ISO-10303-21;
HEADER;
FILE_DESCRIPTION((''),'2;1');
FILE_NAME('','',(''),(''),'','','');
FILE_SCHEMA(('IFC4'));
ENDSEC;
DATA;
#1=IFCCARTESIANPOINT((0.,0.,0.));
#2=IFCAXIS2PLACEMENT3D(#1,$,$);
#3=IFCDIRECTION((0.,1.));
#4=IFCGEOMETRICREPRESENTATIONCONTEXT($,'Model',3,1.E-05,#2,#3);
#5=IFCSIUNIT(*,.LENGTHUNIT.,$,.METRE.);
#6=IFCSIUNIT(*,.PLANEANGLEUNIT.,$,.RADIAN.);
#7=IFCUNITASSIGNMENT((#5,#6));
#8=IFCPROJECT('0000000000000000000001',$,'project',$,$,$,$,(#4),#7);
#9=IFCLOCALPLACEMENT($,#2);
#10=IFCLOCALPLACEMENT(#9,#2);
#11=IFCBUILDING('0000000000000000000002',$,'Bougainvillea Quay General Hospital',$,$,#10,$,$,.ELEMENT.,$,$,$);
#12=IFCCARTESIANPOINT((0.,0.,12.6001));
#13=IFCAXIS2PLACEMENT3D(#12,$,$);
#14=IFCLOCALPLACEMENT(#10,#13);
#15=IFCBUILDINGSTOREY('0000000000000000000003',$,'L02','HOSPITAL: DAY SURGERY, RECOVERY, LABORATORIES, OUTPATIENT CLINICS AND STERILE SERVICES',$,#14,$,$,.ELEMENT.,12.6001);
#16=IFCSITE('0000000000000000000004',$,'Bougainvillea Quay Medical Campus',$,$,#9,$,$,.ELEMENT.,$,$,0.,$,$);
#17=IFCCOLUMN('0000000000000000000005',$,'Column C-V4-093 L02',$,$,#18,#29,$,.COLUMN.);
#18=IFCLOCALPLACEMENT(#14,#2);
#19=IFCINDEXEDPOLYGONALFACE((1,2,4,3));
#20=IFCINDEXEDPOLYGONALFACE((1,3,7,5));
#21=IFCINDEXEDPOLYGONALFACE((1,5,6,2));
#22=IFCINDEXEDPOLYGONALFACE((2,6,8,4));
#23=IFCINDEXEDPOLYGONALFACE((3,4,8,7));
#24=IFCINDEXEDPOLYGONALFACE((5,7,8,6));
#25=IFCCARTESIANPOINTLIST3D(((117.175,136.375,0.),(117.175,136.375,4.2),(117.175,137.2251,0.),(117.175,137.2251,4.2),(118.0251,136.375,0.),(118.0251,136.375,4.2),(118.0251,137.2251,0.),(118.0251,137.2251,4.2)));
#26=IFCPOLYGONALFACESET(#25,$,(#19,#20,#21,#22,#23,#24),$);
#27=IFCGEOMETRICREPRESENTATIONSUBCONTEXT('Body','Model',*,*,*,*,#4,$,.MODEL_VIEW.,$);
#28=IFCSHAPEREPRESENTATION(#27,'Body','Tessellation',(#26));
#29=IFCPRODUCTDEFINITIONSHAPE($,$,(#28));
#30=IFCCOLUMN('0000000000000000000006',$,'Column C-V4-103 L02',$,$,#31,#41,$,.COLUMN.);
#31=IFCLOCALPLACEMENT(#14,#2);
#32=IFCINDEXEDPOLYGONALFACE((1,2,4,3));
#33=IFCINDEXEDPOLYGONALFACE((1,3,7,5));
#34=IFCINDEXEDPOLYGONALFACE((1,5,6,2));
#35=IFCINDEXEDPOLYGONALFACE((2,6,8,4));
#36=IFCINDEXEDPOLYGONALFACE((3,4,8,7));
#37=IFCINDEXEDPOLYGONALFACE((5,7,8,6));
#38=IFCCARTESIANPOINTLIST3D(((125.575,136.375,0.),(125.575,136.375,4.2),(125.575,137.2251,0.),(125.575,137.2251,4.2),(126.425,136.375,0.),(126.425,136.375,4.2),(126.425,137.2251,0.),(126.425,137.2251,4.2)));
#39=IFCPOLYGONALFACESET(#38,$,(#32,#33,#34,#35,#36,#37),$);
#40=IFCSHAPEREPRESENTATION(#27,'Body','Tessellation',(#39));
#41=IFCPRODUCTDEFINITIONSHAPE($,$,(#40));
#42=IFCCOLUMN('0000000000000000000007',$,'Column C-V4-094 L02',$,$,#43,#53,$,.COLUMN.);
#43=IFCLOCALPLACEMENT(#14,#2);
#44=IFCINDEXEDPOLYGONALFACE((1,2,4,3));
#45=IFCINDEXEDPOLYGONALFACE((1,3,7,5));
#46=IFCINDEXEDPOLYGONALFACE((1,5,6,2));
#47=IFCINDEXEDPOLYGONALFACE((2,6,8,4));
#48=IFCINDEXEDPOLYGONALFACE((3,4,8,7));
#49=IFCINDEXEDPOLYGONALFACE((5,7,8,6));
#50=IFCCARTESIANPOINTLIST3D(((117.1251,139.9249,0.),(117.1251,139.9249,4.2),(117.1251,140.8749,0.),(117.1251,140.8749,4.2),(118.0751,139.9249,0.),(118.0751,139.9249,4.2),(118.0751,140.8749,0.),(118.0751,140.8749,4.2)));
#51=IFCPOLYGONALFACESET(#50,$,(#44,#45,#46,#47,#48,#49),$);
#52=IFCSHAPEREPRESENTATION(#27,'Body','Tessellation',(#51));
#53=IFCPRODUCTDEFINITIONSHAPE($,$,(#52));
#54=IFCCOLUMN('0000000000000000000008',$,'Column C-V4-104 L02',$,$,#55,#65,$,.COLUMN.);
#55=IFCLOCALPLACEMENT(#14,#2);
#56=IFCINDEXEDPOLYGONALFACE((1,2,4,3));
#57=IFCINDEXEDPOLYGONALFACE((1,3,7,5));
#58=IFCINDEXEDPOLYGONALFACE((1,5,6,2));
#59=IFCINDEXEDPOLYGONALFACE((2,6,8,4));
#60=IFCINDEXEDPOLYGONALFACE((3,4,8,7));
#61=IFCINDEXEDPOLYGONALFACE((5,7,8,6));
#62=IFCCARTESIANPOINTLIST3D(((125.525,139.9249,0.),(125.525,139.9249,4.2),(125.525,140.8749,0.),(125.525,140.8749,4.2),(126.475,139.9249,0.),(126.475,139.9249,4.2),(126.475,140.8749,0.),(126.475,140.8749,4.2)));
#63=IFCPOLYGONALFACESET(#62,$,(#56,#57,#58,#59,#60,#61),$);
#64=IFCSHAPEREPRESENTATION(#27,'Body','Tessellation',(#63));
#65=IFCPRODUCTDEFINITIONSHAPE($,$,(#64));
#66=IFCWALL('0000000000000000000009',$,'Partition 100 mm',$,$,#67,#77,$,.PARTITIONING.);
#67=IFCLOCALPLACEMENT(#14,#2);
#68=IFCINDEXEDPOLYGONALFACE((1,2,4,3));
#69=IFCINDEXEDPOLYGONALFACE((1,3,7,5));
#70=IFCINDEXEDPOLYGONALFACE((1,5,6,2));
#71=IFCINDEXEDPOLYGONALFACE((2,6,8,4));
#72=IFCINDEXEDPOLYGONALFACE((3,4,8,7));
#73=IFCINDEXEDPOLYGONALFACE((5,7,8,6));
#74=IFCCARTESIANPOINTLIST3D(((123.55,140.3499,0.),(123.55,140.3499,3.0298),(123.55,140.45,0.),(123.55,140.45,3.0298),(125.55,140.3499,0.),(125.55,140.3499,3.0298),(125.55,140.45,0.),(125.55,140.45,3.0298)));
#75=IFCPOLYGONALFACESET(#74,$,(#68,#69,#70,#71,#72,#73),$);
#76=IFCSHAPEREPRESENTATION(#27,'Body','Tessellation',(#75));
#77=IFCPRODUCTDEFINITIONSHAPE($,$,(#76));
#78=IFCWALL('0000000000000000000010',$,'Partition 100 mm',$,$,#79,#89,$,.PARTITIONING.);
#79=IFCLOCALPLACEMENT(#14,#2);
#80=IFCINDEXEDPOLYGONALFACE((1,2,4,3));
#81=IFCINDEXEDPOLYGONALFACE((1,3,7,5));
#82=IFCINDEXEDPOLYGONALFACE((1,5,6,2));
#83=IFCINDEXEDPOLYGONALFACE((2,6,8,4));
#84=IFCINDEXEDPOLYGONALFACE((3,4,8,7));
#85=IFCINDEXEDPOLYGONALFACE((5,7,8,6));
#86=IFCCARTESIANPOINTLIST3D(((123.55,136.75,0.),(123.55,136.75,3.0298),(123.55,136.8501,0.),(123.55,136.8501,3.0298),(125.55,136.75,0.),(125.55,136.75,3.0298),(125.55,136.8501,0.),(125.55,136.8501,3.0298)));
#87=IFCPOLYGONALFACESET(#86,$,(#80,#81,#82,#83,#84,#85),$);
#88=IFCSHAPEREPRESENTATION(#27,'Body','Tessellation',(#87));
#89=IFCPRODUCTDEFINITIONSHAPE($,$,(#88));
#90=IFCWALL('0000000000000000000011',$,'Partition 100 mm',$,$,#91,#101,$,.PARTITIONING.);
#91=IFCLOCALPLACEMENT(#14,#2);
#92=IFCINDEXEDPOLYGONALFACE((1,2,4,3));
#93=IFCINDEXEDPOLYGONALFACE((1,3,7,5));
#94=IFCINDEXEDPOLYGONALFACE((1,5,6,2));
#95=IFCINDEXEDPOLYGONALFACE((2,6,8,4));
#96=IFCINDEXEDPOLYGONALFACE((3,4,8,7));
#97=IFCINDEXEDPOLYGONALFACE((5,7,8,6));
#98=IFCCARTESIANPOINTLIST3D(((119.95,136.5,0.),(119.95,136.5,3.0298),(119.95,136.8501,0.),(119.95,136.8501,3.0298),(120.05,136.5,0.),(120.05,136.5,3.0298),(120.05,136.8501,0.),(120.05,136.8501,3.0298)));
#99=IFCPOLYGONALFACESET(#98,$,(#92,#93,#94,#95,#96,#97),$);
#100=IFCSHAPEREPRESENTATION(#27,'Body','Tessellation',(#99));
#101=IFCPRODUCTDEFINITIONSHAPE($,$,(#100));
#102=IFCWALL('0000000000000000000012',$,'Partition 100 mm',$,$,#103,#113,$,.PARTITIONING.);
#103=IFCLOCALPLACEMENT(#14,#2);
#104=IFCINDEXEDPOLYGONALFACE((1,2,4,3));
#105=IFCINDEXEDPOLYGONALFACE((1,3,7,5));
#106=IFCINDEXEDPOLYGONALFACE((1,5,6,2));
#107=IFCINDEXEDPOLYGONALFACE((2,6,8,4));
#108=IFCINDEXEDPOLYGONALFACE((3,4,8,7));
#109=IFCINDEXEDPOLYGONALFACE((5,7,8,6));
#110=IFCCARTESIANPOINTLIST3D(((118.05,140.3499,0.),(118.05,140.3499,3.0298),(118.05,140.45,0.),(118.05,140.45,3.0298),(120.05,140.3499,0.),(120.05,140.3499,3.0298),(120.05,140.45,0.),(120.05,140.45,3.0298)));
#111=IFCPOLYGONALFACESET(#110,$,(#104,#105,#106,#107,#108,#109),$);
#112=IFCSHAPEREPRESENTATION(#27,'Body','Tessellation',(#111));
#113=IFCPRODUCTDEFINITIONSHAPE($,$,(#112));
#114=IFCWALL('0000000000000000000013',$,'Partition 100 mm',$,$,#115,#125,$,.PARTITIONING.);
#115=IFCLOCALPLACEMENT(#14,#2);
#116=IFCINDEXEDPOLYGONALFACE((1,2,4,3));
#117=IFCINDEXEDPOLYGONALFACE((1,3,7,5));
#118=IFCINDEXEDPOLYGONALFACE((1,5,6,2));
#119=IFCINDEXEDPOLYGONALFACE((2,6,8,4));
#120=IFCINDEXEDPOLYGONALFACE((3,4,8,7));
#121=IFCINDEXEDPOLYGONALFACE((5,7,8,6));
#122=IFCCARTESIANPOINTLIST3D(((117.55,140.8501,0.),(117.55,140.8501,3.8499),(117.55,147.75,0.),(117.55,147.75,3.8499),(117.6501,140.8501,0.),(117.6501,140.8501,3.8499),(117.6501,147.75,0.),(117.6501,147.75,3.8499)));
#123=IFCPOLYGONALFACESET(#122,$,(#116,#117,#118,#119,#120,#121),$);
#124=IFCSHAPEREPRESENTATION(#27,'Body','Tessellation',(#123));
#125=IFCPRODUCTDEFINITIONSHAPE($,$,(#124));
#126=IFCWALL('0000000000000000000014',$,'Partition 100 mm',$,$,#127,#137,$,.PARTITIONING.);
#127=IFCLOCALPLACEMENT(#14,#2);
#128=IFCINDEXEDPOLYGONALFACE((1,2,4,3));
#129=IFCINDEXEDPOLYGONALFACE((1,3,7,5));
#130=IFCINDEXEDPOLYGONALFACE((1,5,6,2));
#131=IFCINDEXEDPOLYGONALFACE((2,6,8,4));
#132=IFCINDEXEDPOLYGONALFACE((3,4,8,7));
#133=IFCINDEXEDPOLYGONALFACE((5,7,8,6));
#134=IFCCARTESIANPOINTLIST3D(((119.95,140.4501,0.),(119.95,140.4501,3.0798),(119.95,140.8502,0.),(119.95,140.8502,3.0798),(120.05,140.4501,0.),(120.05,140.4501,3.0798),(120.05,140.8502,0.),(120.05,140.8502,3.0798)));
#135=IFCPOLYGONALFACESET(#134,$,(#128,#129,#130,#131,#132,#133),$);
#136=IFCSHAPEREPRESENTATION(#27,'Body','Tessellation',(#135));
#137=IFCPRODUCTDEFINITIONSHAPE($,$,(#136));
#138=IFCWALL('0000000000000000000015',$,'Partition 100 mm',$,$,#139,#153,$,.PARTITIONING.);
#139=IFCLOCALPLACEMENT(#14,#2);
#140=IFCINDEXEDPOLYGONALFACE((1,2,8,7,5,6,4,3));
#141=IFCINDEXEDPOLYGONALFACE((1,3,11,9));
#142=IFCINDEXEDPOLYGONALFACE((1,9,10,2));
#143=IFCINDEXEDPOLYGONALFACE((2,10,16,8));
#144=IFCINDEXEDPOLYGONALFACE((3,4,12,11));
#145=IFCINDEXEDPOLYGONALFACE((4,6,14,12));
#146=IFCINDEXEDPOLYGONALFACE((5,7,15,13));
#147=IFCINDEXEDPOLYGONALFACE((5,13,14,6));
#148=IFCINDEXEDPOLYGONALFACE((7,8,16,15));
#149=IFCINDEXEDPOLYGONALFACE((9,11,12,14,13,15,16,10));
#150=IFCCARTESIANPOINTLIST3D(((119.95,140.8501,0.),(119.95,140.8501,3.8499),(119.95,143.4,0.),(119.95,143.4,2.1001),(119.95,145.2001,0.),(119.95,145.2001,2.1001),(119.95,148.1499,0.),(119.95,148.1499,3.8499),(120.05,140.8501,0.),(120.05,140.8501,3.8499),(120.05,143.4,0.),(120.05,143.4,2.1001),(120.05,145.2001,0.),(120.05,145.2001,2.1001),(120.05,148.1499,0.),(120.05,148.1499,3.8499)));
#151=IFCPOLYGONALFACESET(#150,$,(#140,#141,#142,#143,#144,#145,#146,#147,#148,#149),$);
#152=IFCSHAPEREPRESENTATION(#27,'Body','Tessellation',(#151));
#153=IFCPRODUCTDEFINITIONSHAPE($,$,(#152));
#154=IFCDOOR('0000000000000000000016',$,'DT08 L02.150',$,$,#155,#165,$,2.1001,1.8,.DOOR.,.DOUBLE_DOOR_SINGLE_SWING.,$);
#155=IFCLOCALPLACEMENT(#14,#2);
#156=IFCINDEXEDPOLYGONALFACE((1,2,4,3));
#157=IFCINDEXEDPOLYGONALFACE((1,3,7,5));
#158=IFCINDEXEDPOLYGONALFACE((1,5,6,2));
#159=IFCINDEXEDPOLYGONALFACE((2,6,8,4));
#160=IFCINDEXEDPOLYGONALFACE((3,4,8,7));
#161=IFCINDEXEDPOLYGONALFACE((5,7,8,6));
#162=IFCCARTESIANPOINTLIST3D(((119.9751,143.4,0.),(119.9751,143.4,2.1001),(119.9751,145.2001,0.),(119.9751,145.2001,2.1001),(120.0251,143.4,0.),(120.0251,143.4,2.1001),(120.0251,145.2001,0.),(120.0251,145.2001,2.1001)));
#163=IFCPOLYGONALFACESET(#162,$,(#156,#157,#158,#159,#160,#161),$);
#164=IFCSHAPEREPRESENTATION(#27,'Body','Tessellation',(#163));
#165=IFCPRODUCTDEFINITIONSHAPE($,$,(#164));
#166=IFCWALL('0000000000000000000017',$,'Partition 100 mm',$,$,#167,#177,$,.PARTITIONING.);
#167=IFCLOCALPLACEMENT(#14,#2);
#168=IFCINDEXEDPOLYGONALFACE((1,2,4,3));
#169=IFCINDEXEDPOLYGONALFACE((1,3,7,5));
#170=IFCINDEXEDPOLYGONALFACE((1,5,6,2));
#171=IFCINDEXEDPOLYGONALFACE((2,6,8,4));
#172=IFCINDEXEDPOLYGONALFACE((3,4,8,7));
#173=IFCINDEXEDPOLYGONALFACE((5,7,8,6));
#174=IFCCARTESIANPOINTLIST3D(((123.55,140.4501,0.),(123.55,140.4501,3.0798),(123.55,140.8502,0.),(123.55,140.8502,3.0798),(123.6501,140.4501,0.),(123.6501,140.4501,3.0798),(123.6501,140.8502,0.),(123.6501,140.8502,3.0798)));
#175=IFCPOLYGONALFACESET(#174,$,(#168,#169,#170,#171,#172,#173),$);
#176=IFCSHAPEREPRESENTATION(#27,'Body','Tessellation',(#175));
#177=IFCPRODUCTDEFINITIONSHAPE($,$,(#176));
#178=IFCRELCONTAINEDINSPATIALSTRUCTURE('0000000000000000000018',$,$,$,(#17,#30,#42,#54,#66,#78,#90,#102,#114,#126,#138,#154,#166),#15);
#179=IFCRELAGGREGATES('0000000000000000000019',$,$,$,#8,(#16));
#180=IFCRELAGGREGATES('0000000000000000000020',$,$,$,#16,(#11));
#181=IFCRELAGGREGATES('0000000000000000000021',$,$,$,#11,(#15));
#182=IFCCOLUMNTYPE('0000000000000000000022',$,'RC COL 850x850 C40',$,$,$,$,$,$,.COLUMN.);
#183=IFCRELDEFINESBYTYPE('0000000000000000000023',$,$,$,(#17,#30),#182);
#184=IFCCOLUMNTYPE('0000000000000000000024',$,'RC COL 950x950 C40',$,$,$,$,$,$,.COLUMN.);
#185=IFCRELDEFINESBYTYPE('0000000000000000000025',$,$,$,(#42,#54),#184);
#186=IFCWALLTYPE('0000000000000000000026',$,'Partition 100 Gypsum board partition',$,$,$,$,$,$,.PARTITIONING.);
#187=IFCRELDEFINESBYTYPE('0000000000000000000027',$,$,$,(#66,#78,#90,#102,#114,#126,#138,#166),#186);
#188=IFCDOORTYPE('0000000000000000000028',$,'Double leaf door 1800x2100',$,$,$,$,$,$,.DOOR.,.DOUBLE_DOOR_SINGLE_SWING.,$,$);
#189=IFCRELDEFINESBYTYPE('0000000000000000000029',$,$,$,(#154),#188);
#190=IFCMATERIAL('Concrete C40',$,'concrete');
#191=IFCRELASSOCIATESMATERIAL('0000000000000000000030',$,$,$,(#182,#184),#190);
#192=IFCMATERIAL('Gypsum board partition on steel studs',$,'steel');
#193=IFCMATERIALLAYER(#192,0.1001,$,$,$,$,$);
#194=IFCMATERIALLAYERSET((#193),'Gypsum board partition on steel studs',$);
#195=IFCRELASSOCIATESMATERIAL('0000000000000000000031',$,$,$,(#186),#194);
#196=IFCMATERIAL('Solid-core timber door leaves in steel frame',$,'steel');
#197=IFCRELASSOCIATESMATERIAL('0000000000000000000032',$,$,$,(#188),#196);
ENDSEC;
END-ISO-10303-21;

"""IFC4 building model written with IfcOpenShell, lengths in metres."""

from ifc_helpers import new_model, si_unit, direction, frame, frame_2d, origin, origin_2d, place, context, subcontext, project, spatial, rectangle, extrude, material, layer, layer_set, material_profile, profile_set, type_object, element, fill, save


model = new_model("IFC4")

# Units and contexts
model_context = context("Model", 3, precision=1e-05, world=origin(), true_north=direction((0.0, 1.0)))
body_context = subcontext(model_context, "Body", "Model", "MODEL_VIEW")
ifc_project = project(units=[si_unit("LENGTHUNIT", "METRE"), si_unit("PLANEANGLEUNIT", "RADIAN")], contexts=[model_context])

# Site, building, storey
site_placement = place(None, origin())
site = spatial("IfcSite", under=ifc_project, at=site_placement, Name="Bougainvillea Quay Medical Campus", CompositionType="ELEMENT", RefElevation=0.0)
building_placement = place(site_placement, origin())
building = spatial("IfcBuilding", under=site, at=building_placement, Name="Bougainvillea Quay General Hospital", CompositionType="ELEMENT")
storey_placement = place(building_placement, frame((0.0, 0.0, 12.6001)))
storey = spatial("IfcBuildingStorey", under=building, at=storey_placement, Name="L02", Description="HOSPITAL: DAY SURGERY, RECOVERY, LABORATORIES, OUTPATIENT CLINICS AND STERILE SERVICES", CompositionType="ELEMENT", Elevation=12.6001)

# Columns
ifc_material_1 = material(Name="Concrete C40", Category="concrete")
ifc_material_profile_1 = material_profile(ifc_material_1, rectangle(XDim=0.8501, YDim=0.8501, at=origin_2d()))
ifc_profile_set_1 = profile_set([ifc_material_profile_1], Name="Concrete C40")
column_type_1 = type_object("IfcColumnType", Name="RC COL 850x850 C40", PredefinedType="COLUMN", material=ifc_profile_set_1)
for number, where, z_axis, x_axis, name in (
    (1, (117.6001, 136.8, 0.0), (0.0, 0.0, 1.0), (1.0, 0.0, 0.0), "Column C-V4-093 L02"),
    (2, (126.0, 136.8, 0.0), (0.0, 0.0, 1.0), (1.0, 0.0, 0.0), "Column C-V4-103 L02"),
):
    element("IfcColumn", number, at=place(storey_placement, frame(where, z_axis=z_axis, x_axis=x_axis)), inside=storey, type_object=column_type_1, Name=name, PredefinedType="COLUMN", context=body_context, shape_type="SweptSolid", body=[
        extrude(rectangle(XDim=0.8501, YDim=0.8501, at=origin_2d()), origin(), (0.0, 0.0, 1.0), 4.2),
    ])
ifc_material_profile_2 = material_profile(ifc_material_1, rectangle(XDim=0.95, YDim=0.95, at=origin_2d()))
ifc_profile_set_2 = profile_set([ifc_material_profile_2], Name="Concrete C40")
column_type_2 = type_object("IfcColumnType", Name="RC COL 950x950 C40", PredefinedType="COLUMN", material=ifc_profile_set_2)
for number, where, z_axis, x_axis, name in (
    (3, (117.6001, 140.3999, 0.0), (0.0, 0.0, 1.0), (1.0, 0.0, 0.0), "Column C-V4-094 L02"),
    (4, (126.0, 140.3999, 0.0), (0.0, 0.0, 1.0), (1.0, 0.0, 0.0), "Column C-V4-104 L02"),
):
    element("IfcColumn", number, at=place(storey_placement, frame(where, z_axis=z_axis, x_axis=x_axis)), inside=storey, type_object=column_type_2, Name=name, PredefinedType="COLUMN", context=body_context, shape_type="SweptSolid", body=[
        extrude(rectangle(XDim=0.95, YDim=0.95, at=origin_2d()), origin(), (0.0, 0.0, 1.0), 4.2),
    ])

# Walls
ifc_material_2 = material(Name="Gypsum board partition on steel studs", Category="steel")
ifc_layer = layer(ifc_material_2, 0.1001)
ifc_layer_set = layer_set([ifc_layer], Name="Gypsum board partition on steel studs")
wall_type = type_object("IfcWallType", Name="Partition 100 Gypsum board partition", PredefinedType="PARTITIONING", material=ifc_layer_set)
for number, where, z_axis, x_axis, name in (
    (5, (125.55, 140.3999, 0.0), (0.0, 0.0, 1.0), (-1.0, 0.0, 0.0), "Partition 100 mm"),
    (6, (125.55, 136.8, 0.0), (0.0, 0.0, 1.0), (-1.0, 0.0, 0.0), "Partition 100 mm"),
):
    element("IfcWall", number, at=place(storey_placement, frame(where, z_axis=z_axis, x_axis=x_axis)), inside=storey, type_object=wall_type, Name=name, PredefinedType="PARTITIONING", context=body_context, shape_type="SweptSolid", body=[
        extrude(rectangle(XDim=2.0, YDim=0.1001, at=frame_2d((1.0, 0.0))), origin(), (0.0, 0.0, 1.0), 3.0298),
    ])
wall_1_placement = place(storey_placement, frame((120.0, 136.5, 0.0), z_axis=(0.0, 0.0, 1.0), x_axis=(0.0, 1.0, 0.0)))
element("IfcWall", 7, at=wall_1_placement, inside=storey, type_object=wall_type, Name="Partition 100 mm", PredefinedType="PARTITIONING", context=body_context, shape_type="SweptSolid", body=[
    extrude(rectangle(XDim=0.3501, YDim=0.1001, at=frame_2d((0.175, 0.0))), origin(), (0.0, 0.0, 1.0), 3.0298),
])
wall_2_placement = place(storey_placement, frame((118.05, 140.3999, 0.0), z_axis=(0.0, 0.0, 1.0), x_axis=(1.0, 0.0, 0.0)))
element("IfcWall", 8, at=wall_2_placement, inside=storey, type_object=wall_type, Name="Partition 100 mm", PredefinedType="PARTITIONING", context=body_context, shape_type="SweptSolid", body=[
    extrude(rectangle(XDim=2.0, YDim=0.1001, at=frame_2d((1.0, 0.0))), origin(), (0.0, 0.0, 1.0), 3.0298),
])
wall_3_placement = place(storey_placement, frame((117.6001, 140.8501, 0.0), z_axis=(0.0, 0.0, 1.0), x_axis=(0.0, 1.0, 0.0)))
element("IfcWall", 9, at=wall_3_placement, inside=storey, type_object=wall_type, Name="Partition 100 mm", PredefinedType="PARTITIONING", context=body_context, shape_type="SweptSolid", body=[
    extrude(rectangle(XDim=6.8999, YDim=0.1001, at=frame_2d((3.45, 0.0))), origin(), (0.0, 0.0, 1.0), 3.8499),
])
wall_4_placement = place(storey_placement, frame((120.0, 140.45, 0.0), z_axis=(0.0, 0.0, 1.0), x_axis=(0.0, 1.0, 0.0)))
element("IfcWall", 10, at=wall_4_placement, inside=storey, type_object=wall_type, Name="Partition 100 mm", PredefinedType="PARTITIONING", context=body_context, shape_type="SweptSolid", body=[
    extrude(rectangle(XDim=0.4001, YDim=0.1001, at=frame_2d((0.2002, 0.0))), origin(), (0.0, 0.0, 1.0), 3.0798),
])

# Wall, opening, door
wall_5_placement = place(storey_placement, frame((120.0, 140.8501, 0.0), z_axis=(0.0, 0.0, 1.0), x_axis=(0.0, 1.0, 0.0)))
wall_5 = element("IfcWall", 11, at=wall_5_placement, inside=storey, type_object=wall_type, Name="Partition 100 mm", PredefinedType="PARTITIONING", context=body_context, shape_type="SweptSolid", body=[
    extrude(rectangle(XDim=7.2998, YDim=0.1001, at=frame_2d((3.6499, 0.0))), origin(), (0.0, 0.0, 1.0), 3.8499),
])
opening_1_placement = place(wall_5_placement, frame((2.55, 0.0, 0.0)))
opening_1 = element("IfcOpeningElement", 12, at=opening_1_placement, cuts=wall_5, PredefinedType="OPENING", context=body_context, shape_type="SweptSolid", body=[
    extrude(rectangle(XDim=1.8, YDim=2.1001, at=frame_2d((0.8999, 1.05))), frame((0.0, 0.0601, 0.0), z_axis=(0.0, -1.0, 0.0), x_axis=(1.0, 0.0, 0.0)), (0.0, 0.0, 1.0), 0.1201),
])
ifc_material_3 = material(Name="Solid-core timber door leaves in steel frame", Category="steel")
door_type_1 = type_object("IfcDoorType", Name="Double leaf door 1800x2100", OperationType="DOUBLE_DOOR_SINGLE_SWING", PredefinedType="DOOR", material=ifc_material_3)
door_1_placement = place(opening_1_placement, origin())
door_1 = element("IfcDoor", 13, at=door_1_placement, inside=storey, type_object=door_type_1, Name="DT08 L02.150", OperationType="DOUBLE_DOOR_SINGLE_SWING", OverallHeight=2.1001, OverallWidth=1.8, PredefinedType="DOOR", context=body_context, shape_type="SweptSolid", body=[
    extrude(rectangle(XDim=1.8, YDim=2.1001, at=frame_2d((0.8999, 1.05))), frame((0.0, 0.0249, 0.0), z_axis=(0.0, -1.0, 0.0), x_axis=(1.0, 0.0, 0.0)), (0.0, 0.0, 1.0), 0.05),
])
fill(opening_1, door_1)

# Wall
wall_6_placement = place(storey_placement, frame((123.6001, 140.45, 0.0), z_axis=(0.0, 0.0, 1.0), x_axis=(0.0, 1.0, 0.0)))
element("IfcWall", 14, at=wall_6_placement, inside=storey, type_object=wall_type, Name="Partition 100 mm", PredefinedType="PARTITIONING", context=body_context, shape_type="SweptSolid", body=[
    extrude(rectangle(XDim=0.4001, YDim=0.1001, at=frame_2d((0.2002, 0.0))), origin(), (0.0, 0.0, 1.0), 3.0798),
])

save(model, "model.ifc")
